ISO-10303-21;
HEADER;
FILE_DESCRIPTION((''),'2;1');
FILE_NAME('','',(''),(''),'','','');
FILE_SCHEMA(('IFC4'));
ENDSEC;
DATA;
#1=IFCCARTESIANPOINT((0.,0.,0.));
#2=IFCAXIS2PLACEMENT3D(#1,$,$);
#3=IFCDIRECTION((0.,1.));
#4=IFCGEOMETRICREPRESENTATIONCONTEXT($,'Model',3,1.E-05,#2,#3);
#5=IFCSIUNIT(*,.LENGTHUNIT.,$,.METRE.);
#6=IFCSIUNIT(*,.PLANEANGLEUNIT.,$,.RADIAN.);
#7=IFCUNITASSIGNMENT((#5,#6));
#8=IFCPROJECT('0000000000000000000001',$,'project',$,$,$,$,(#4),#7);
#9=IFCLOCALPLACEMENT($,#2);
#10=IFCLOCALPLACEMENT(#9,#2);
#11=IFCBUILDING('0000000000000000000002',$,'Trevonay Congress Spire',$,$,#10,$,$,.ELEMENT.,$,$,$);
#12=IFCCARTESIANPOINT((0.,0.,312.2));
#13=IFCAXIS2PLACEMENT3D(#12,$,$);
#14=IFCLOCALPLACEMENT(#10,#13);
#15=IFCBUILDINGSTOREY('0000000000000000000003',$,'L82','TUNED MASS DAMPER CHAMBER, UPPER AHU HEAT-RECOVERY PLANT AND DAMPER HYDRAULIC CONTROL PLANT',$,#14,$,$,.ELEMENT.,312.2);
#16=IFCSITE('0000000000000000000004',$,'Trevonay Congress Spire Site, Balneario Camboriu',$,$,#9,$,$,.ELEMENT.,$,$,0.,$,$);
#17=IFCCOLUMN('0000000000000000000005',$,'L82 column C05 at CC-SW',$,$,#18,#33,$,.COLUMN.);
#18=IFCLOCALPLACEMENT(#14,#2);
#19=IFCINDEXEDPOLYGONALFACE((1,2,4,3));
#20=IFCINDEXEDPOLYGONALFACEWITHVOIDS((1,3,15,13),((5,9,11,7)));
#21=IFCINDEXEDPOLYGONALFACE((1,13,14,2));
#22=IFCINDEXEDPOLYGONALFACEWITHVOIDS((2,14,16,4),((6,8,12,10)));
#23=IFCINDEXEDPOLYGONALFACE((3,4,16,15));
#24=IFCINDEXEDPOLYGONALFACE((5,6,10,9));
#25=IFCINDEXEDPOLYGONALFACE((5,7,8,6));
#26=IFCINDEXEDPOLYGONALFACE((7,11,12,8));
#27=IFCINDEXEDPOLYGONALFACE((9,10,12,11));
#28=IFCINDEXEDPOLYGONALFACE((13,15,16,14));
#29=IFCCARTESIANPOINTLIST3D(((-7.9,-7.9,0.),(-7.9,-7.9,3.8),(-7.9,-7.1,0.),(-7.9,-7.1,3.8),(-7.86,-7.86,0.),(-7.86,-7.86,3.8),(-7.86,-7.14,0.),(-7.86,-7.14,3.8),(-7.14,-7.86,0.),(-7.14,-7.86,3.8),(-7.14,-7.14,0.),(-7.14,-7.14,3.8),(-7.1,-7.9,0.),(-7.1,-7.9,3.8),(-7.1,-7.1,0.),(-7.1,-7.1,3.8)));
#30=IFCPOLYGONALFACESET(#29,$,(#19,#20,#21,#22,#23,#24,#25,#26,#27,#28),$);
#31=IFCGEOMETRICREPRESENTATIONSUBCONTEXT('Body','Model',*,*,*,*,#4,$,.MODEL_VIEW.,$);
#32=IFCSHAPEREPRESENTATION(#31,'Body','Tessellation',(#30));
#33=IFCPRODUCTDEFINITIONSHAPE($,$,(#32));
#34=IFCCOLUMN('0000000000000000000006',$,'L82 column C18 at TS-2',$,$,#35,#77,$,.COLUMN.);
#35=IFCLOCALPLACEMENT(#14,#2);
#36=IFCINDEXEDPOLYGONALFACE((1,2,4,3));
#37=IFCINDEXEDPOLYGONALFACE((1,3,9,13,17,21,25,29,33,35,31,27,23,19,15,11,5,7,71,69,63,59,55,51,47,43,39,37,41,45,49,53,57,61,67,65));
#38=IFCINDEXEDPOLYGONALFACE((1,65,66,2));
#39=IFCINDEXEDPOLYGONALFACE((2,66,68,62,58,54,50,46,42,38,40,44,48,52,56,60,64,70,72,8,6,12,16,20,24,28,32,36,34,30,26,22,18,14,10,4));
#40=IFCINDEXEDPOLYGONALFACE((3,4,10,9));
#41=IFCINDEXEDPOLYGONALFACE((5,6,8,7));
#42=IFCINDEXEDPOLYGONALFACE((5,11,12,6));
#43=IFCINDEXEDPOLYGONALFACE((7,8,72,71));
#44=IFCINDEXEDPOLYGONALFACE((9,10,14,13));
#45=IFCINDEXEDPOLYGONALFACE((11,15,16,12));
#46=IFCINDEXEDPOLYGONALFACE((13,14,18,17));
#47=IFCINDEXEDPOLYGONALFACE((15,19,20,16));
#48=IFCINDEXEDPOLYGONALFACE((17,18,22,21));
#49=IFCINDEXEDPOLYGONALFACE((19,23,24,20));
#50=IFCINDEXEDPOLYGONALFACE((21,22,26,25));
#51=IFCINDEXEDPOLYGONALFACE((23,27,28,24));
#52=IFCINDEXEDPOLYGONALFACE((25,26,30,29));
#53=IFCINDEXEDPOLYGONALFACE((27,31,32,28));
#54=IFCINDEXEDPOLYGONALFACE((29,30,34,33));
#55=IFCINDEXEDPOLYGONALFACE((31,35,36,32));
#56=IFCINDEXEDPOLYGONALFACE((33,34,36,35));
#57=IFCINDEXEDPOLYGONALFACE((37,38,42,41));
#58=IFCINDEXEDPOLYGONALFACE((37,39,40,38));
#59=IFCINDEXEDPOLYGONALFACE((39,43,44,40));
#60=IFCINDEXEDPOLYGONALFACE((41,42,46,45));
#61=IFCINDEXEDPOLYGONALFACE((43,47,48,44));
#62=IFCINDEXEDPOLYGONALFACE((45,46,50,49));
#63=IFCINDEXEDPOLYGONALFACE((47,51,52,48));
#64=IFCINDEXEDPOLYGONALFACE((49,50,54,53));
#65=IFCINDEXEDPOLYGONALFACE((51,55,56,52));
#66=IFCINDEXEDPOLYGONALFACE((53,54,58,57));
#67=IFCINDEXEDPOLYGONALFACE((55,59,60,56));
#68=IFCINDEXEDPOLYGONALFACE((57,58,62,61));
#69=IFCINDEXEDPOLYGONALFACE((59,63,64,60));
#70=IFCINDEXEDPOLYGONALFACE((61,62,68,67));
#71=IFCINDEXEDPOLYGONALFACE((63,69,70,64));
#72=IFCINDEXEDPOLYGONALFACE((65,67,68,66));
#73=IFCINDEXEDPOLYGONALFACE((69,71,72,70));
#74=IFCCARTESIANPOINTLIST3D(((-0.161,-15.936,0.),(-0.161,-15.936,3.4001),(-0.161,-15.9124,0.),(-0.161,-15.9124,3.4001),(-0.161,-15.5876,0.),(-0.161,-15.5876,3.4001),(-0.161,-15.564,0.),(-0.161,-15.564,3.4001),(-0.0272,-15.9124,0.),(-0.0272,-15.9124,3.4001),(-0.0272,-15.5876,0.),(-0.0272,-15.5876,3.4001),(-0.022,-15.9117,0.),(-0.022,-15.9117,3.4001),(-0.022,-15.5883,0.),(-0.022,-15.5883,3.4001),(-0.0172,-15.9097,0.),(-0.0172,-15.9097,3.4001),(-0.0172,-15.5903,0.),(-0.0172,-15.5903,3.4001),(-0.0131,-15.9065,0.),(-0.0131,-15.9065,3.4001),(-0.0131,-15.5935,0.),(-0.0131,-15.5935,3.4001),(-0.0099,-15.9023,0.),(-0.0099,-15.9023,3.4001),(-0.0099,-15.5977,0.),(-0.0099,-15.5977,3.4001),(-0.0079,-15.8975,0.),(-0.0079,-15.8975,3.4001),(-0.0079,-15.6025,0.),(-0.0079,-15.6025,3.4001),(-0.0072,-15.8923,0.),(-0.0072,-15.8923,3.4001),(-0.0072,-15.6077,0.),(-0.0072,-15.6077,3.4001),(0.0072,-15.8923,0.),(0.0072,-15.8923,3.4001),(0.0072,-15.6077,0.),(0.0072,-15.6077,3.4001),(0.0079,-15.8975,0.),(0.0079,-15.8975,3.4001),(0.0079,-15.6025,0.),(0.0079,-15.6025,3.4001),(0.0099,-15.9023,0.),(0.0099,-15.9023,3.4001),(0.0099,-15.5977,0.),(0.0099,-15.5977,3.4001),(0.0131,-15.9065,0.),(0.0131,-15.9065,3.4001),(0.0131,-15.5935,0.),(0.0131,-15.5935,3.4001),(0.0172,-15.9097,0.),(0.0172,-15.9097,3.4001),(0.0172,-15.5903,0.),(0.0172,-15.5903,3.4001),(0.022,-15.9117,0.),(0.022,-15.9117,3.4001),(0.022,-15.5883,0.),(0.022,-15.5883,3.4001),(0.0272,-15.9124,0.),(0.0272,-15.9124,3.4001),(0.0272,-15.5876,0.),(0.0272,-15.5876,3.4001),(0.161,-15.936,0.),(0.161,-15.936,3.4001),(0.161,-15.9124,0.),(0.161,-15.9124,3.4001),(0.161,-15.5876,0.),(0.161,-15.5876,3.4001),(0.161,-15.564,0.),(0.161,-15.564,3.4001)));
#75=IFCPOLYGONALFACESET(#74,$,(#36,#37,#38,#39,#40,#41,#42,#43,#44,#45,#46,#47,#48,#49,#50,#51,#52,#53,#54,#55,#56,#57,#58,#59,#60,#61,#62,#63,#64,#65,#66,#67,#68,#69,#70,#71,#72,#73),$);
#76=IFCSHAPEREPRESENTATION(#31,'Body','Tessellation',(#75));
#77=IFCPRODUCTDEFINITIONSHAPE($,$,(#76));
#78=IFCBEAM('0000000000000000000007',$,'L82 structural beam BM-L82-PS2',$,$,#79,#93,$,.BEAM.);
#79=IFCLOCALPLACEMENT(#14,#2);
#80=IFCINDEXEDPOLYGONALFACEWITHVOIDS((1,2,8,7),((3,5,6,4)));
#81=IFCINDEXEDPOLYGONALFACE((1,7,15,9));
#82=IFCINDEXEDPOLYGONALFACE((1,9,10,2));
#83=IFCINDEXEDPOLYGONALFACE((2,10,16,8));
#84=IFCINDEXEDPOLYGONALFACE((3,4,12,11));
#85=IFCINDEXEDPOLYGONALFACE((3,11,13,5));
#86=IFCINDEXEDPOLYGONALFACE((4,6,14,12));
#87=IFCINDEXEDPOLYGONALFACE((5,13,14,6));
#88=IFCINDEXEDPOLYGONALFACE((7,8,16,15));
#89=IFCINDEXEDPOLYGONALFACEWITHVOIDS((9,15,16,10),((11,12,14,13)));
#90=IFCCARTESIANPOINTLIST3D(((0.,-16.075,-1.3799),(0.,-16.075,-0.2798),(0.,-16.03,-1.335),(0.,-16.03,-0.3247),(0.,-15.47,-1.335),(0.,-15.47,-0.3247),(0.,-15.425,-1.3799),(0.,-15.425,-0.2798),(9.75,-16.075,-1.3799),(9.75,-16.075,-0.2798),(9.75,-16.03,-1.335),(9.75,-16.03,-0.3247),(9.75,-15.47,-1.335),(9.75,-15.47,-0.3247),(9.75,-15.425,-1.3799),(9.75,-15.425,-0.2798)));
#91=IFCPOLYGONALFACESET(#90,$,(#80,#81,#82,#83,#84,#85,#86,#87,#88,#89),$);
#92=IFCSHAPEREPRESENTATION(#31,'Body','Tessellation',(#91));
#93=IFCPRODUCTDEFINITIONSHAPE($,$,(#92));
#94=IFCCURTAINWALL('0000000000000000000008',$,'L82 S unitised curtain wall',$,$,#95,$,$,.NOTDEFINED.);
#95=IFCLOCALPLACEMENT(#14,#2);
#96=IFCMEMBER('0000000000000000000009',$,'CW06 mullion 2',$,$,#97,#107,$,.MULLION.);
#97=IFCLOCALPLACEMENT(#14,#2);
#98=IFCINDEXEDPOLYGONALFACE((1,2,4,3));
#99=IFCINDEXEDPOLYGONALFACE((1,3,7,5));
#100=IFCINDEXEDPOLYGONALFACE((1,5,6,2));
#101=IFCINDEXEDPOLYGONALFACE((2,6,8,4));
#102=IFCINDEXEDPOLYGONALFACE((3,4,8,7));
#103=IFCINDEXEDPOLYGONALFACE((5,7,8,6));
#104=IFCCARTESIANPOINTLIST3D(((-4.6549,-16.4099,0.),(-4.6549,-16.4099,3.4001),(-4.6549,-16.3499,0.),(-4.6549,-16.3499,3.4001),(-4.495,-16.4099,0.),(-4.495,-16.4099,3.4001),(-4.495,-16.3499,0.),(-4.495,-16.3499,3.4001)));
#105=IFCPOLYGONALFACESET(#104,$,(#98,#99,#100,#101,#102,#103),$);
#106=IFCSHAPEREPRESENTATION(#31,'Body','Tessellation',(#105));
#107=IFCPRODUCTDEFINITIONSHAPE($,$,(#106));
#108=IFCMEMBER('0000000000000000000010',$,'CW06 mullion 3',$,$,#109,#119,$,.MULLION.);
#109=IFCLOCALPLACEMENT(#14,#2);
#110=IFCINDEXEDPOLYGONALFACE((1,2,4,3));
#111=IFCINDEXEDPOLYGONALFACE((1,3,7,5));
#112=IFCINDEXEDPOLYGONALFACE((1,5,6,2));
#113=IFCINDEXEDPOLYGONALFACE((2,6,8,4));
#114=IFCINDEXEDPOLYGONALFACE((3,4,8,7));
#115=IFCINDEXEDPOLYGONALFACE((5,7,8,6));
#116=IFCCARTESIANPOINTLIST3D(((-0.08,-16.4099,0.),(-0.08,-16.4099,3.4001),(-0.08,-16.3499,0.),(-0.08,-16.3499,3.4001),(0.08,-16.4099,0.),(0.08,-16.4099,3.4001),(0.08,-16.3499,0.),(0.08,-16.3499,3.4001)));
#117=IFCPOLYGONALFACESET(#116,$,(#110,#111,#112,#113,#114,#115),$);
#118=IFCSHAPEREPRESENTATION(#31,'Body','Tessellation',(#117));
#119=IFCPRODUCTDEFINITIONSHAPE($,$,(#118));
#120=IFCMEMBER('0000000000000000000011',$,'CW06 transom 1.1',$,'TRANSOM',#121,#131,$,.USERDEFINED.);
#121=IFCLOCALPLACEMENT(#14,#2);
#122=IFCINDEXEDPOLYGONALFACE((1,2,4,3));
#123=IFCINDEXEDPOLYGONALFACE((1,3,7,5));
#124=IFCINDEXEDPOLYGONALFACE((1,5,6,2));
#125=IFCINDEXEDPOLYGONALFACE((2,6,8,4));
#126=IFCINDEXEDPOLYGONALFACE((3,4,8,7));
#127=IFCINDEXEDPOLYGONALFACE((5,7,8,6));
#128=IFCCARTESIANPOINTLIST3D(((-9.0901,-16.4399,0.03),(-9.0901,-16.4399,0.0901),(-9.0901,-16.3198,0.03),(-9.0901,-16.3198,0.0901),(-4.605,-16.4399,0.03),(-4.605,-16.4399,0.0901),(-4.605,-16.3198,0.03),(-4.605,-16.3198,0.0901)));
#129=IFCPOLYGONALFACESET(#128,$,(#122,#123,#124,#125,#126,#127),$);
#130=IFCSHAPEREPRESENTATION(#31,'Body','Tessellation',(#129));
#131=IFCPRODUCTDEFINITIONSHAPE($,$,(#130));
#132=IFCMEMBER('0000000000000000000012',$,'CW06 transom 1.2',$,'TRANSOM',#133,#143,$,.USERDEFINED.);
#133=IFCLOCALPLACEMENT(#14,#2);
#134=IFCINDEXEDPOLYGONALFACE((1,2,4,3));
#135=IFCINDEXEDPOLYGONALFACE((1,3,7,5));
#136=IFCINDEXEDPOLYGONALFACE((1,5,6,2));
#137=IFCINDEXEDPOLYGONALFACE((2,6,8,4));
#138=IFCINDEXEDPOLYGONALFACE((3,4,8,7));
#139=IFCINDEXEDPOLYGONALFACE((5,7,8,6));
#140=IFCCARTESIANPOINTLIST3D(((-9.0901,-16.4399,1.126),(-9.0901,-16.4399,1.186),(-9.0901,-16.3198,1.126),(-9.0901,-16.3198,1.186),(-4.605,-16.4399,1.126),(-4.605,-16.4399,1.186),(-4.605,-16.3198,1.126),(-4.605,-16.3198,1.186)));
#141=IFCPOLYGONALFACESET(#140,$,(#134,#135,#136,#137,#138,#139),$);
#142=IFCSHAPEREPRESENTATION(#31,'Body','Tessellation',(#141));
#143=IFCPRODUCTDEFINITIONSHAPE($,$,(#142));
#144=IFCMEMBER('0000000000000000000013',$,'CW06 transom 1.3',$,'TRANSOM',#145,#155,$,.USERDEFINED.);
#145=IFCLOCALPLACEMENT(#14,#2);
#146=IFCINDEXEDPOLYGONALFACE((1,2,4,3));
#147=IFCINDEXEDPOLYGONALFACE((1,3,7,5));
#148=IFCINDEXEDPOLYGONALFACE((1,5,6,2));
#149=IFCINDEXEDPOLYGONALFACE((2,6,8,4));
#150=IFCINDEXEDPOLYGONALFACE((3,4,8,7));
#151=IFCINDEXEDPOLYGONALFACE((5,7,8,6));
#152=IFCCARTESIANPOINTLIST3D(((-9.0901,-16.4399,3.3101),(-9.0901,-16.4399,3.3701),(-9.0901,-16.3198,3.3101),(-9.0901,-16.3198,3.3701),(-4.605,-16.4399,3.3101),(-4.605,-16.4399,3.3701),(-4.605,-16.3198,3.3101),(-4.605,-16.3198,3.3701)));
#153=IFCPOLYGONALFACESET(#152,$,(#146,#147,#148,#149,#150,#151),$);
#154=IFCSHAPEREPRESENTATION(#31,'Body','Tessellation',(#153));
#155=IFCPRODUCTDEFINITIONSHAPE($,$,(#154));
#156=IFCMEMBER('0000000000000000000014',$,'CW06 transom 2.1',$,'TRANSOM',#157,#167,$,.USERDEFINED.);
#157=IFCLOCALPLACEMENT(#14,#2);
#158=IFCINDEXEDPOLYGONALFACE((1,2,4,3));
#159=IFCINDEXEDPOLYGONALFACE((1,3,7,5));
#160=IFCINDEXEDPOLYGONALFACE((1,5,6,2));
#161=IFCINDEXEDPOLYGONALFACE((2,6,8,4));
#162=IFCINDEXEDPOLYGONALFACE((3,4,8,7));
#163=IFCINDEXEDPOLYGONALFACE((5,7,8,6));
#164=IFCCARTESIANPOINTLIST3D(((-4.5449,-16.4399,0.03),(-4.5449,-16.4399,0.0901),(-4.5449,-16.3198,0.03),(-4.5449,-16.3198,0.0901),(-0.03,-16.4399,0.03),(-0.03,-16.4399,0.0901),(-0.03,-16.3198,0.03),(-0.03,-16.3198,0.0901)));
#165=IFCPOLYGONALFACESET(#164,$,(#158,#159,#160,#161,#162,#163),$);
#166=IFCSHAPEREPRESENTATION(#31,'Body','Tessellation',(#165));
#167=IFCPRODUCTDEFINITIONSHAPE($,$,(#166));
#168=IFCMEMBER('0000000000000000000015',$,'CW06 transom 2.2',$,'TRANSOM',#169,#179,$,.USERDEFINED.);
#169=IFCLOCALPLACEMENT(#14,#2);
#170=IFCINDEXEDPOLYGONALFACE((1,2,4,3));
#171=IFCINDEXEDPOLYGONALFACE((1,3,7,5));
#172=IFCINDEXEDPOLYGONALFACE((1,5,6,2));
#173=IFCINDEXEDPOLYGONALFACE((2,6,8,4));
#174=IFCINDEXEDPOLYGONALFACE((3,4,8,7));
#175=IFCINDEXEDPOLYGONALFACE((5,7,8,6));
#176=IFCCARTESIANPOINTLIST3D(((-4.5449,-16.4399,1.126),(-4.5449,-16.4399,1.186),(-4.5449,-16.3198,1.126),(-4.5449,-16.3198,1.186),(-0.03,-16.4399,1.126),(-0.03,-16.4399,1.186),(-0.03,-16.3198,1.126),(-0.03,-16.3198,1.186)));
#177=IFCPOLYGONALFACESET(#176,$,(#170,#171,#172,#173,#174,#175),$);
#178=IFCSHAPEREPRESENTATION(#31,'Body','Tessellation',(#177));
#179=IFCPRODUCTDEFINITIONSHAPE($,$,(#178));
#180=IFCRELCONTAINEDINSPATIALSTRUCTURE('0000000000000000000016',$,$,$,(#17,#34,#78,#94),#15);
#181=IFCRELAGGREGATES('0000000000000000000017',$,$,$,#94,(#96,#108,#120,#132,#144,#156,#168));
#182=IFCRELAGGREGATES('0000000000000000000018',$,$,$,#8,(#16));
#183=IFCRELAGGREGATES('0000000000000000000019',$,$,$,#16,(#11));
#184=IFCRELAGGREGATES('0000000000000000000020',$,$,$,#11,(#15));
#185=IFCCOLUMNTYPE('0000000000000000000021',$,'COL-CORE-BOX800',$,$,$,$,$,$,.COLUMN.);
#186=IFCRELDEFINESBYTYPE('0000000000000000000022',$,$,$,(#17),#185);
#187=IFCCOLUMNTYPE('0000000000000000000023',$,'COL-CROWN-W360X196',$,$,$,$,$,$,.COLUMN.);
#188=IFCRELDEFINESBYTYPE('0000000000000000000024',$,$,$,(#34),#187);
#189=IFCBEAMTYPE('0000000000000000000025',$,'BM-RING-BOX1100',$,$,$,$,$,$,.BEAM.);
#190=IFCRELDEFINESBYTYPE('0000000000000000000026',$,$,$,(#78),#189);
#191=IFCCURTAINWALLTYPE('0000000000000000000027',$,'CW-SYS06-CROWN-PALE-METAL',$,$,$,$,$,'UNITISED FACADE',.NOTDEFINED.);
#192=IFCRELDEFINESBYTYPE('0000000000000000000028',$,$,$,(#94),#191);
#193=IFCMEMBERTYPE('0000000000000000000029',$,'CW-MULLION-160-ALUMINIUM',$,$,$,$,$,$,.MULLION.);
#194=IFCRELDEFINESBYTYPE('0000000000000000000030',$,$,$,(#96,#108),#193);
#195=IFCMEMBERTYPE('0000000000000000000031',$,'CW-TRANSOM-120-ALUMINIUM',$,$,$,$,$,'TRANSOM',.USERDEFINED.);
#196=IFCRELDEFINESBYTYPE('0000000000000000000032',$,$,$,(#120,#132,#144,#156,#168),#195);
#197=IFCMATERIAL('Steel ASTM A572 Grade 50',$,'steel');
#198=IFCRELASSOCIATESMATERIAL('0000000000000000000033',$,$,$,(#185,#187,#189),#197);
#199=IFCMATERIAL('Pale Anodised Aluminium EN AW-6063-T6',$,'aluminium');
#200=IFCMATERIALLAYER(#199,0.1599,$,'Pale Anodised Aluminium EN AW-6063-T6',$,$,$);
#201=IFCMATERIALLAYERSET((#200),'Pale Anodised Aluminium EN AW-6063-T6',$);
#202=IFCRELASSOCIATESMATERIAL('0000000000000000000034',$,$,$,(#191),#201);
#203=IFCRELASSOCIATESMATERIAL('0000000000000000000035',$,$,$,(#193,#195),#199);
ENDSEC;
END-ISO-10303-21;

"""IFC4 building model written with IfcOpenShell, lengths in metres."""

from ifc_helpers import new_model, si_unit, direction, frame, origin, origin_2d, place, context, subcontext, project, spatial, rectangle, hollow_rectangle, i_section, extrude, material, layer, layer_set, material_profile, profile_set, type_object, element, aggregate, save


model = new_model("IFC4")

# Units and contexts
model_context = context("Model", 3, precision=1e-05, world=origin(), true_north=direction((0.0, 1.0)))
body_context = subcontext(model_context, "Body", "Model", "MODEL_VIEW")
ifc_project = project(units=[si_unit("LENGTHUNIT", "METRE"), si_unit("PLANEANGLEUNIT", "RADIAN")], contexts=[model_context])

# Site, building, storey
site_placement = place(None, origin())
site = spatial("IfcSite", under=ifc_project, at=site_placement, Name="Trevonay Congress Spire Site, Balneario Camboriu", CompositionType="ELEMENT", RefElevation=0.0)
building_placement = place(site_placement, origin())
building = spatial("IfcBuilding", under=site, at=building_placement, Name="Trevonay Congress Spire", CompositionType="ELEMENT")
storey_placement = place(building_placement, frame((0.0, 0.0, 312.2)))
storey = spatial("IfcBuildingStorey", under=building, at=storey_placement, Name="L82", Description="TUNED MASS DAMPER CHAMBER, UPPER AHU HEAT-RECOVERY PLANT AND DAMPER HYDRAULIC CONTROL PLANT", CompositionType="ELEMENT", Elevation=312.2)

# Columns
ifc_material_1 = material(Name="Steel ASTM A572 Grade 50", Category="steel")
ifc_material_profile_1 = material_profile(ifc_material_1, hollow_rectangle(XDim=0.8, YDim=0.8, WallThickness=0.04, at=origin_2d()), Name="BOX 800x800x40")
ifc_profile_set_1 = profile_set([ifc_material_profile_1], Name="Steel ASTM A572 Grade 50")
column_type_1 = type_object("IfcColumnType", Name="COL-CORE-BOX800", PredefinedType="COLUMN", material=ifc_profile_set_1)
column_1_placement = place(storey_placement, frame((-7.5, -7.5, 0.0), z_axis=(0.0, 0.0, 1.0), x_axis=(1.0, 0.0, 0.0)))
element("IfcColumn", 1, at=column_1_placement, inside=storey, type_object=column_type_1, Name="L82 column C05 at CC-SW", PredefinedType="COLUMN", context=body_context, shape_type="SweptSolid", body=[
    extrude(hollow_rectangle(XDim=0.8, YDim=0.8, WallThickness=0.04, at=origin_2d()), origin(), (0.0, 0.0, 1.0), 3.8),
])
ifc_material_profile_2 = material_profile(ifc_material_1, i_section(OverallWidth=0.322, OverallDepth=0.3721, WebThickness=0.0144, FlangeThickness=0.0237, FilletRadius=0.02, at=origin_2d()), Name="W360x196")
ifc_profile_set_2 = profile_set([ifc_material_profile_2], Name="Steel ASTM A572 Grade 50")
column_type_2 = type_object("IfcColumnType", Name="COL-CROWN-W360X196", PredefinedType="COLUMN", material=ifc_profile_set_2)
column_2_placement = place(storey_placement, frame((0.0, -15.75, 0.0), z_axis=(0.0, 0.0, 1.0), x_axis=(1.0, 0.0, 0.0)))
element("IfcColumn", 2, at=column_2_placement, inside=storey, type_object=column_type_2, Name="L82 column C18 at TS-2", PredefinedType="COLUMN", context=body_context, shape_type="SweptSolid", body=[
    extrude(i_section(OverallWidth=0.322, OverallDepth=0.3721, WebThickness=0.0144, FlangeThickness=0.0237, FilletRadius=0.02, at=origin_2d()), origin(), (0.0, 0.0, 1.0), 3.4001),
])

# Beam
ifc_material_profile_3 = material_profile(ifc_material_1, hollow_rectangle(XDim=0.6499, YDim=1.1001, WallThickness=0.0449, at=origin_2d()), Name="BOX 1100x650x45")
ifc_profile_set_3 = profile_set([ifc_material_profile_3], Name="Steel ASTM A572 Grade 50")
beam_type_1 = type_object("IfcBeamType", Name="BM-RING-BOX1100", PredefinedType="BEAM", material=ifc_profile_set_3)
beam_1_placement = place(storey_placement, frame((0.0, -15.75, -0.8298), z_axis=(1.0, 0.0, 0.0), x_axis=(0.0, 1.0, 0.0)))
element("IfcBeam", 3, at=beam_1_placement, inside=storey, type_object=beam_type_1, Name="L82 structural beam BM-L82-PS2", PredefinedType="BEAM", context=body_context, shape_type="SweptSolid", body=[
    extrude(hollow_rectangle(XDim=0.6499, YDim=1.1001, WallThickness=0.0449, at=origin_2d()), origin(), (0.0, 0.0, 1.0), 9.75),
])

# Curtain wall, members
ifc_material_2 = material(Name="Pale Anodised Aluminium EN AW-6063-T6", Category="aluminium")
ifc_layer_1 = layer(ifc_material_2, 0.1599, Name="Pale Anodised Aluminium EN AW-6063-T6")
ifc_layer_set_1 = layer_set([ifc_layer_1], Name="Pale Anodised Aluminium EN AW-6063-T6")
curtain_wall_type = type_object("IfcCurtainWallType", Name="CW-SYS06-CROWN-PALE-METAL", ElementType="UNITISED FACADE", PredefinedType="NOTDEFINED", material=ifc_layer_set_1)
curtain_wall_placement = place(storey_placement, origin())
curtain_wall = element("IfcCurtainWall", 4, at=curtain_wall_placement, inside=storey, type_object=curtain_wall_type, Name="L82 S unitised curtain wall", PredefinedType="NOTDEFINED")
ifc_material_profile_4 = material_profile(ifc_material_2, rectangle(XDim=0.0601, YDim=0.1599, at=origin_2d()), Name="CW-MULLION-160-ALUMINIUM")
ifc_profile_set_4 = profile_set([ifc_material_profile_4], Name="Pale Anodised Aluminium EN AW-6063-T6")
member_type_1 = type_object("IfcMemberType", Name="CW-MULLION-160-ALUMINIUM", PredefinedType="MULLION", material=ifc_profile_set_4)
member_1_placement = place(storey_placement, frame((-4.575, -16.3799, 0.0), z_axis=(0.0, 0.0, 1.0), x_axis=(0.0, 1.0, 0.0)))
member_1 = element("IfcMember", 5, at=member_1_placement, type_object=member_type_1, Name="CW06 mullion 2", PredefinedType="MULLION", context=body_context, shape_type="SweptSolid", body=[
    extrude(rectangle(XDim=0.0601, YDim=0.1599, at=origin_2d()), origin(), (0.0, 0.0, 1.0), 3.4001),
])
member_2_placement = place(storey_placement, frame((0.0, -16.3799, 0.0), z_axis=(0.0, 0.0, 1.0), x_axis=(0.0, 1.0, 0.0)))
member_2 = element("IfcMember", 6, at=member_2_placement, type_object=member_type_1, Name="CW06 mullion 3", PredefinedType="MULLION", context=body_context, shape_type="SweptSolid", body=[
    extrude(rectangle(XDim=0.0601, YDim=0.1599, at=origin_2d()), origin(), (0.0, 0.0, 1.0), 3.4001),
])
ifc_material_profile_5 = material_profile(ifc_material_2, rectangle(XDim=0.1201, YDim=0.0601, at=origin_2d()), Name="CW-TRANSOM-120-ALUMINIUM")
ifc_profile_set_5 = profile_set([ifc_material_profile_5], Name="Pale Anodised Aluminium EN AW-6063-T6")
member_type_2 = type_object("IfcMemberType", Name="CW-TRANSOM-120-ALUMINIUM", ElementType="TRANSOM", PredefinedType="USERDEFINED", material=ifc_profile_set_5)
member_3_placement = place(storey_placement, frame((-9.0901, -16.3799, 0.0601), z_axis=(1.0, 0.0, 0.0), x_axis=(0.0, 1.0, 0.0)))
member_3 = element("IfcMember", 7, at=member_3_placement, type_object=member_type_2, Name="CW06 transom 1.1", ObjectType="TRANSOM", PredefinedType="USERDEFINED", context=body_context, shape_type="SweptSolid", body=[
    extrude(rectangle(XDim=0.1201, YDim=0.0601, at=origin_2d()), origin(), (0.0, 0.0, 1.0), 4.4851),
])
member_4_placement = place(storey_placement, frame((-9.0901, -16.3799, 1.156), z_axis=(1.0, 0.0, 0.0), x_axis=(0.0, 1.0, 0.0)))
member_4 = element("IfcMember", 8, at=member_4_placement, type_object=member_type_2, Name="CW06 transom 1.2", ObjectType="TRANSOM", PredefinedType="USERDEFINED", context=body_context, shape_type="SweptSolid", body=[
    extrude(rectangle(XDim=0.1201, YDim=0.0601, at=origin_2d()), origin(), (0.0, 0.0, 1.0), 4.4851),
])
member_5_placement = place(storey_placement, frame((-9.0901, -16.3799, 3.3401), z_axis=(1.0, 0.0, 0.0), x_axis=(0.0, 1.0, 0.0)))
member_5 = element("IfcMember", 9, at=member_5_placement, type_object=member_type_2, Name="CW06 transom 1.3", ObjectType="TRANSOM", PredefinedType="USERDEFINED", context=body_context, shape_type="SweptSolid", body=[
    extrude(rectangle(XDim=0.1201, YDim=0.0601, at=origin_2d()), origin(), (0.0, 0.0, 1.0), 4.4851),
])
member_6_placement = place(storey_placement, frame((-4.5449, -16.3799, 0.0601), z_axis=(1.0, 0.0, 0.0), x_axis=(0.0, 1.0, 0.0)))
member_6 = element("IfcMember", 10, at=member_6_placement, type_object=member_type_2, Name="CW06 transom 2.1", ObjectType="TRANSOM", PredefinedType="USERDEFINED", context=body_context, shape_type="SweptSolid", body=[
    extrude(rectangle(XDim=0.1201, YDim=0.0601, at=origin_2d()), origin(), (0.0, 0.0, 1.0), 4.5149),
])
member_7_placement = place(storey_placement, frame((-4.5449, -16.3799, 1.156), z_axis=(1.0, 0.0, 0.0), x_axis=(0.0, 1.0, 0.0)))
member_7 = element("IfcMember", 11, at=member_7_placement, type_object=member_type_2, Name="CW06 transom 2.2", ObjectType="TRANSOM", PredefinedType="USERDEFINED", context=body_context, shape_type="SweptSolid", body=[
    extrude(rectangle(XDim=0.1201, YDim=0.0601, at=origin_2d()), origin(), (0.0, 0.0, 1.0), 4.5149),
])

aggregate(curtain_wall, [member_1, member_2, member_3, member_4, member_5, member_6, member_7])

save(model, "model.ifc")
